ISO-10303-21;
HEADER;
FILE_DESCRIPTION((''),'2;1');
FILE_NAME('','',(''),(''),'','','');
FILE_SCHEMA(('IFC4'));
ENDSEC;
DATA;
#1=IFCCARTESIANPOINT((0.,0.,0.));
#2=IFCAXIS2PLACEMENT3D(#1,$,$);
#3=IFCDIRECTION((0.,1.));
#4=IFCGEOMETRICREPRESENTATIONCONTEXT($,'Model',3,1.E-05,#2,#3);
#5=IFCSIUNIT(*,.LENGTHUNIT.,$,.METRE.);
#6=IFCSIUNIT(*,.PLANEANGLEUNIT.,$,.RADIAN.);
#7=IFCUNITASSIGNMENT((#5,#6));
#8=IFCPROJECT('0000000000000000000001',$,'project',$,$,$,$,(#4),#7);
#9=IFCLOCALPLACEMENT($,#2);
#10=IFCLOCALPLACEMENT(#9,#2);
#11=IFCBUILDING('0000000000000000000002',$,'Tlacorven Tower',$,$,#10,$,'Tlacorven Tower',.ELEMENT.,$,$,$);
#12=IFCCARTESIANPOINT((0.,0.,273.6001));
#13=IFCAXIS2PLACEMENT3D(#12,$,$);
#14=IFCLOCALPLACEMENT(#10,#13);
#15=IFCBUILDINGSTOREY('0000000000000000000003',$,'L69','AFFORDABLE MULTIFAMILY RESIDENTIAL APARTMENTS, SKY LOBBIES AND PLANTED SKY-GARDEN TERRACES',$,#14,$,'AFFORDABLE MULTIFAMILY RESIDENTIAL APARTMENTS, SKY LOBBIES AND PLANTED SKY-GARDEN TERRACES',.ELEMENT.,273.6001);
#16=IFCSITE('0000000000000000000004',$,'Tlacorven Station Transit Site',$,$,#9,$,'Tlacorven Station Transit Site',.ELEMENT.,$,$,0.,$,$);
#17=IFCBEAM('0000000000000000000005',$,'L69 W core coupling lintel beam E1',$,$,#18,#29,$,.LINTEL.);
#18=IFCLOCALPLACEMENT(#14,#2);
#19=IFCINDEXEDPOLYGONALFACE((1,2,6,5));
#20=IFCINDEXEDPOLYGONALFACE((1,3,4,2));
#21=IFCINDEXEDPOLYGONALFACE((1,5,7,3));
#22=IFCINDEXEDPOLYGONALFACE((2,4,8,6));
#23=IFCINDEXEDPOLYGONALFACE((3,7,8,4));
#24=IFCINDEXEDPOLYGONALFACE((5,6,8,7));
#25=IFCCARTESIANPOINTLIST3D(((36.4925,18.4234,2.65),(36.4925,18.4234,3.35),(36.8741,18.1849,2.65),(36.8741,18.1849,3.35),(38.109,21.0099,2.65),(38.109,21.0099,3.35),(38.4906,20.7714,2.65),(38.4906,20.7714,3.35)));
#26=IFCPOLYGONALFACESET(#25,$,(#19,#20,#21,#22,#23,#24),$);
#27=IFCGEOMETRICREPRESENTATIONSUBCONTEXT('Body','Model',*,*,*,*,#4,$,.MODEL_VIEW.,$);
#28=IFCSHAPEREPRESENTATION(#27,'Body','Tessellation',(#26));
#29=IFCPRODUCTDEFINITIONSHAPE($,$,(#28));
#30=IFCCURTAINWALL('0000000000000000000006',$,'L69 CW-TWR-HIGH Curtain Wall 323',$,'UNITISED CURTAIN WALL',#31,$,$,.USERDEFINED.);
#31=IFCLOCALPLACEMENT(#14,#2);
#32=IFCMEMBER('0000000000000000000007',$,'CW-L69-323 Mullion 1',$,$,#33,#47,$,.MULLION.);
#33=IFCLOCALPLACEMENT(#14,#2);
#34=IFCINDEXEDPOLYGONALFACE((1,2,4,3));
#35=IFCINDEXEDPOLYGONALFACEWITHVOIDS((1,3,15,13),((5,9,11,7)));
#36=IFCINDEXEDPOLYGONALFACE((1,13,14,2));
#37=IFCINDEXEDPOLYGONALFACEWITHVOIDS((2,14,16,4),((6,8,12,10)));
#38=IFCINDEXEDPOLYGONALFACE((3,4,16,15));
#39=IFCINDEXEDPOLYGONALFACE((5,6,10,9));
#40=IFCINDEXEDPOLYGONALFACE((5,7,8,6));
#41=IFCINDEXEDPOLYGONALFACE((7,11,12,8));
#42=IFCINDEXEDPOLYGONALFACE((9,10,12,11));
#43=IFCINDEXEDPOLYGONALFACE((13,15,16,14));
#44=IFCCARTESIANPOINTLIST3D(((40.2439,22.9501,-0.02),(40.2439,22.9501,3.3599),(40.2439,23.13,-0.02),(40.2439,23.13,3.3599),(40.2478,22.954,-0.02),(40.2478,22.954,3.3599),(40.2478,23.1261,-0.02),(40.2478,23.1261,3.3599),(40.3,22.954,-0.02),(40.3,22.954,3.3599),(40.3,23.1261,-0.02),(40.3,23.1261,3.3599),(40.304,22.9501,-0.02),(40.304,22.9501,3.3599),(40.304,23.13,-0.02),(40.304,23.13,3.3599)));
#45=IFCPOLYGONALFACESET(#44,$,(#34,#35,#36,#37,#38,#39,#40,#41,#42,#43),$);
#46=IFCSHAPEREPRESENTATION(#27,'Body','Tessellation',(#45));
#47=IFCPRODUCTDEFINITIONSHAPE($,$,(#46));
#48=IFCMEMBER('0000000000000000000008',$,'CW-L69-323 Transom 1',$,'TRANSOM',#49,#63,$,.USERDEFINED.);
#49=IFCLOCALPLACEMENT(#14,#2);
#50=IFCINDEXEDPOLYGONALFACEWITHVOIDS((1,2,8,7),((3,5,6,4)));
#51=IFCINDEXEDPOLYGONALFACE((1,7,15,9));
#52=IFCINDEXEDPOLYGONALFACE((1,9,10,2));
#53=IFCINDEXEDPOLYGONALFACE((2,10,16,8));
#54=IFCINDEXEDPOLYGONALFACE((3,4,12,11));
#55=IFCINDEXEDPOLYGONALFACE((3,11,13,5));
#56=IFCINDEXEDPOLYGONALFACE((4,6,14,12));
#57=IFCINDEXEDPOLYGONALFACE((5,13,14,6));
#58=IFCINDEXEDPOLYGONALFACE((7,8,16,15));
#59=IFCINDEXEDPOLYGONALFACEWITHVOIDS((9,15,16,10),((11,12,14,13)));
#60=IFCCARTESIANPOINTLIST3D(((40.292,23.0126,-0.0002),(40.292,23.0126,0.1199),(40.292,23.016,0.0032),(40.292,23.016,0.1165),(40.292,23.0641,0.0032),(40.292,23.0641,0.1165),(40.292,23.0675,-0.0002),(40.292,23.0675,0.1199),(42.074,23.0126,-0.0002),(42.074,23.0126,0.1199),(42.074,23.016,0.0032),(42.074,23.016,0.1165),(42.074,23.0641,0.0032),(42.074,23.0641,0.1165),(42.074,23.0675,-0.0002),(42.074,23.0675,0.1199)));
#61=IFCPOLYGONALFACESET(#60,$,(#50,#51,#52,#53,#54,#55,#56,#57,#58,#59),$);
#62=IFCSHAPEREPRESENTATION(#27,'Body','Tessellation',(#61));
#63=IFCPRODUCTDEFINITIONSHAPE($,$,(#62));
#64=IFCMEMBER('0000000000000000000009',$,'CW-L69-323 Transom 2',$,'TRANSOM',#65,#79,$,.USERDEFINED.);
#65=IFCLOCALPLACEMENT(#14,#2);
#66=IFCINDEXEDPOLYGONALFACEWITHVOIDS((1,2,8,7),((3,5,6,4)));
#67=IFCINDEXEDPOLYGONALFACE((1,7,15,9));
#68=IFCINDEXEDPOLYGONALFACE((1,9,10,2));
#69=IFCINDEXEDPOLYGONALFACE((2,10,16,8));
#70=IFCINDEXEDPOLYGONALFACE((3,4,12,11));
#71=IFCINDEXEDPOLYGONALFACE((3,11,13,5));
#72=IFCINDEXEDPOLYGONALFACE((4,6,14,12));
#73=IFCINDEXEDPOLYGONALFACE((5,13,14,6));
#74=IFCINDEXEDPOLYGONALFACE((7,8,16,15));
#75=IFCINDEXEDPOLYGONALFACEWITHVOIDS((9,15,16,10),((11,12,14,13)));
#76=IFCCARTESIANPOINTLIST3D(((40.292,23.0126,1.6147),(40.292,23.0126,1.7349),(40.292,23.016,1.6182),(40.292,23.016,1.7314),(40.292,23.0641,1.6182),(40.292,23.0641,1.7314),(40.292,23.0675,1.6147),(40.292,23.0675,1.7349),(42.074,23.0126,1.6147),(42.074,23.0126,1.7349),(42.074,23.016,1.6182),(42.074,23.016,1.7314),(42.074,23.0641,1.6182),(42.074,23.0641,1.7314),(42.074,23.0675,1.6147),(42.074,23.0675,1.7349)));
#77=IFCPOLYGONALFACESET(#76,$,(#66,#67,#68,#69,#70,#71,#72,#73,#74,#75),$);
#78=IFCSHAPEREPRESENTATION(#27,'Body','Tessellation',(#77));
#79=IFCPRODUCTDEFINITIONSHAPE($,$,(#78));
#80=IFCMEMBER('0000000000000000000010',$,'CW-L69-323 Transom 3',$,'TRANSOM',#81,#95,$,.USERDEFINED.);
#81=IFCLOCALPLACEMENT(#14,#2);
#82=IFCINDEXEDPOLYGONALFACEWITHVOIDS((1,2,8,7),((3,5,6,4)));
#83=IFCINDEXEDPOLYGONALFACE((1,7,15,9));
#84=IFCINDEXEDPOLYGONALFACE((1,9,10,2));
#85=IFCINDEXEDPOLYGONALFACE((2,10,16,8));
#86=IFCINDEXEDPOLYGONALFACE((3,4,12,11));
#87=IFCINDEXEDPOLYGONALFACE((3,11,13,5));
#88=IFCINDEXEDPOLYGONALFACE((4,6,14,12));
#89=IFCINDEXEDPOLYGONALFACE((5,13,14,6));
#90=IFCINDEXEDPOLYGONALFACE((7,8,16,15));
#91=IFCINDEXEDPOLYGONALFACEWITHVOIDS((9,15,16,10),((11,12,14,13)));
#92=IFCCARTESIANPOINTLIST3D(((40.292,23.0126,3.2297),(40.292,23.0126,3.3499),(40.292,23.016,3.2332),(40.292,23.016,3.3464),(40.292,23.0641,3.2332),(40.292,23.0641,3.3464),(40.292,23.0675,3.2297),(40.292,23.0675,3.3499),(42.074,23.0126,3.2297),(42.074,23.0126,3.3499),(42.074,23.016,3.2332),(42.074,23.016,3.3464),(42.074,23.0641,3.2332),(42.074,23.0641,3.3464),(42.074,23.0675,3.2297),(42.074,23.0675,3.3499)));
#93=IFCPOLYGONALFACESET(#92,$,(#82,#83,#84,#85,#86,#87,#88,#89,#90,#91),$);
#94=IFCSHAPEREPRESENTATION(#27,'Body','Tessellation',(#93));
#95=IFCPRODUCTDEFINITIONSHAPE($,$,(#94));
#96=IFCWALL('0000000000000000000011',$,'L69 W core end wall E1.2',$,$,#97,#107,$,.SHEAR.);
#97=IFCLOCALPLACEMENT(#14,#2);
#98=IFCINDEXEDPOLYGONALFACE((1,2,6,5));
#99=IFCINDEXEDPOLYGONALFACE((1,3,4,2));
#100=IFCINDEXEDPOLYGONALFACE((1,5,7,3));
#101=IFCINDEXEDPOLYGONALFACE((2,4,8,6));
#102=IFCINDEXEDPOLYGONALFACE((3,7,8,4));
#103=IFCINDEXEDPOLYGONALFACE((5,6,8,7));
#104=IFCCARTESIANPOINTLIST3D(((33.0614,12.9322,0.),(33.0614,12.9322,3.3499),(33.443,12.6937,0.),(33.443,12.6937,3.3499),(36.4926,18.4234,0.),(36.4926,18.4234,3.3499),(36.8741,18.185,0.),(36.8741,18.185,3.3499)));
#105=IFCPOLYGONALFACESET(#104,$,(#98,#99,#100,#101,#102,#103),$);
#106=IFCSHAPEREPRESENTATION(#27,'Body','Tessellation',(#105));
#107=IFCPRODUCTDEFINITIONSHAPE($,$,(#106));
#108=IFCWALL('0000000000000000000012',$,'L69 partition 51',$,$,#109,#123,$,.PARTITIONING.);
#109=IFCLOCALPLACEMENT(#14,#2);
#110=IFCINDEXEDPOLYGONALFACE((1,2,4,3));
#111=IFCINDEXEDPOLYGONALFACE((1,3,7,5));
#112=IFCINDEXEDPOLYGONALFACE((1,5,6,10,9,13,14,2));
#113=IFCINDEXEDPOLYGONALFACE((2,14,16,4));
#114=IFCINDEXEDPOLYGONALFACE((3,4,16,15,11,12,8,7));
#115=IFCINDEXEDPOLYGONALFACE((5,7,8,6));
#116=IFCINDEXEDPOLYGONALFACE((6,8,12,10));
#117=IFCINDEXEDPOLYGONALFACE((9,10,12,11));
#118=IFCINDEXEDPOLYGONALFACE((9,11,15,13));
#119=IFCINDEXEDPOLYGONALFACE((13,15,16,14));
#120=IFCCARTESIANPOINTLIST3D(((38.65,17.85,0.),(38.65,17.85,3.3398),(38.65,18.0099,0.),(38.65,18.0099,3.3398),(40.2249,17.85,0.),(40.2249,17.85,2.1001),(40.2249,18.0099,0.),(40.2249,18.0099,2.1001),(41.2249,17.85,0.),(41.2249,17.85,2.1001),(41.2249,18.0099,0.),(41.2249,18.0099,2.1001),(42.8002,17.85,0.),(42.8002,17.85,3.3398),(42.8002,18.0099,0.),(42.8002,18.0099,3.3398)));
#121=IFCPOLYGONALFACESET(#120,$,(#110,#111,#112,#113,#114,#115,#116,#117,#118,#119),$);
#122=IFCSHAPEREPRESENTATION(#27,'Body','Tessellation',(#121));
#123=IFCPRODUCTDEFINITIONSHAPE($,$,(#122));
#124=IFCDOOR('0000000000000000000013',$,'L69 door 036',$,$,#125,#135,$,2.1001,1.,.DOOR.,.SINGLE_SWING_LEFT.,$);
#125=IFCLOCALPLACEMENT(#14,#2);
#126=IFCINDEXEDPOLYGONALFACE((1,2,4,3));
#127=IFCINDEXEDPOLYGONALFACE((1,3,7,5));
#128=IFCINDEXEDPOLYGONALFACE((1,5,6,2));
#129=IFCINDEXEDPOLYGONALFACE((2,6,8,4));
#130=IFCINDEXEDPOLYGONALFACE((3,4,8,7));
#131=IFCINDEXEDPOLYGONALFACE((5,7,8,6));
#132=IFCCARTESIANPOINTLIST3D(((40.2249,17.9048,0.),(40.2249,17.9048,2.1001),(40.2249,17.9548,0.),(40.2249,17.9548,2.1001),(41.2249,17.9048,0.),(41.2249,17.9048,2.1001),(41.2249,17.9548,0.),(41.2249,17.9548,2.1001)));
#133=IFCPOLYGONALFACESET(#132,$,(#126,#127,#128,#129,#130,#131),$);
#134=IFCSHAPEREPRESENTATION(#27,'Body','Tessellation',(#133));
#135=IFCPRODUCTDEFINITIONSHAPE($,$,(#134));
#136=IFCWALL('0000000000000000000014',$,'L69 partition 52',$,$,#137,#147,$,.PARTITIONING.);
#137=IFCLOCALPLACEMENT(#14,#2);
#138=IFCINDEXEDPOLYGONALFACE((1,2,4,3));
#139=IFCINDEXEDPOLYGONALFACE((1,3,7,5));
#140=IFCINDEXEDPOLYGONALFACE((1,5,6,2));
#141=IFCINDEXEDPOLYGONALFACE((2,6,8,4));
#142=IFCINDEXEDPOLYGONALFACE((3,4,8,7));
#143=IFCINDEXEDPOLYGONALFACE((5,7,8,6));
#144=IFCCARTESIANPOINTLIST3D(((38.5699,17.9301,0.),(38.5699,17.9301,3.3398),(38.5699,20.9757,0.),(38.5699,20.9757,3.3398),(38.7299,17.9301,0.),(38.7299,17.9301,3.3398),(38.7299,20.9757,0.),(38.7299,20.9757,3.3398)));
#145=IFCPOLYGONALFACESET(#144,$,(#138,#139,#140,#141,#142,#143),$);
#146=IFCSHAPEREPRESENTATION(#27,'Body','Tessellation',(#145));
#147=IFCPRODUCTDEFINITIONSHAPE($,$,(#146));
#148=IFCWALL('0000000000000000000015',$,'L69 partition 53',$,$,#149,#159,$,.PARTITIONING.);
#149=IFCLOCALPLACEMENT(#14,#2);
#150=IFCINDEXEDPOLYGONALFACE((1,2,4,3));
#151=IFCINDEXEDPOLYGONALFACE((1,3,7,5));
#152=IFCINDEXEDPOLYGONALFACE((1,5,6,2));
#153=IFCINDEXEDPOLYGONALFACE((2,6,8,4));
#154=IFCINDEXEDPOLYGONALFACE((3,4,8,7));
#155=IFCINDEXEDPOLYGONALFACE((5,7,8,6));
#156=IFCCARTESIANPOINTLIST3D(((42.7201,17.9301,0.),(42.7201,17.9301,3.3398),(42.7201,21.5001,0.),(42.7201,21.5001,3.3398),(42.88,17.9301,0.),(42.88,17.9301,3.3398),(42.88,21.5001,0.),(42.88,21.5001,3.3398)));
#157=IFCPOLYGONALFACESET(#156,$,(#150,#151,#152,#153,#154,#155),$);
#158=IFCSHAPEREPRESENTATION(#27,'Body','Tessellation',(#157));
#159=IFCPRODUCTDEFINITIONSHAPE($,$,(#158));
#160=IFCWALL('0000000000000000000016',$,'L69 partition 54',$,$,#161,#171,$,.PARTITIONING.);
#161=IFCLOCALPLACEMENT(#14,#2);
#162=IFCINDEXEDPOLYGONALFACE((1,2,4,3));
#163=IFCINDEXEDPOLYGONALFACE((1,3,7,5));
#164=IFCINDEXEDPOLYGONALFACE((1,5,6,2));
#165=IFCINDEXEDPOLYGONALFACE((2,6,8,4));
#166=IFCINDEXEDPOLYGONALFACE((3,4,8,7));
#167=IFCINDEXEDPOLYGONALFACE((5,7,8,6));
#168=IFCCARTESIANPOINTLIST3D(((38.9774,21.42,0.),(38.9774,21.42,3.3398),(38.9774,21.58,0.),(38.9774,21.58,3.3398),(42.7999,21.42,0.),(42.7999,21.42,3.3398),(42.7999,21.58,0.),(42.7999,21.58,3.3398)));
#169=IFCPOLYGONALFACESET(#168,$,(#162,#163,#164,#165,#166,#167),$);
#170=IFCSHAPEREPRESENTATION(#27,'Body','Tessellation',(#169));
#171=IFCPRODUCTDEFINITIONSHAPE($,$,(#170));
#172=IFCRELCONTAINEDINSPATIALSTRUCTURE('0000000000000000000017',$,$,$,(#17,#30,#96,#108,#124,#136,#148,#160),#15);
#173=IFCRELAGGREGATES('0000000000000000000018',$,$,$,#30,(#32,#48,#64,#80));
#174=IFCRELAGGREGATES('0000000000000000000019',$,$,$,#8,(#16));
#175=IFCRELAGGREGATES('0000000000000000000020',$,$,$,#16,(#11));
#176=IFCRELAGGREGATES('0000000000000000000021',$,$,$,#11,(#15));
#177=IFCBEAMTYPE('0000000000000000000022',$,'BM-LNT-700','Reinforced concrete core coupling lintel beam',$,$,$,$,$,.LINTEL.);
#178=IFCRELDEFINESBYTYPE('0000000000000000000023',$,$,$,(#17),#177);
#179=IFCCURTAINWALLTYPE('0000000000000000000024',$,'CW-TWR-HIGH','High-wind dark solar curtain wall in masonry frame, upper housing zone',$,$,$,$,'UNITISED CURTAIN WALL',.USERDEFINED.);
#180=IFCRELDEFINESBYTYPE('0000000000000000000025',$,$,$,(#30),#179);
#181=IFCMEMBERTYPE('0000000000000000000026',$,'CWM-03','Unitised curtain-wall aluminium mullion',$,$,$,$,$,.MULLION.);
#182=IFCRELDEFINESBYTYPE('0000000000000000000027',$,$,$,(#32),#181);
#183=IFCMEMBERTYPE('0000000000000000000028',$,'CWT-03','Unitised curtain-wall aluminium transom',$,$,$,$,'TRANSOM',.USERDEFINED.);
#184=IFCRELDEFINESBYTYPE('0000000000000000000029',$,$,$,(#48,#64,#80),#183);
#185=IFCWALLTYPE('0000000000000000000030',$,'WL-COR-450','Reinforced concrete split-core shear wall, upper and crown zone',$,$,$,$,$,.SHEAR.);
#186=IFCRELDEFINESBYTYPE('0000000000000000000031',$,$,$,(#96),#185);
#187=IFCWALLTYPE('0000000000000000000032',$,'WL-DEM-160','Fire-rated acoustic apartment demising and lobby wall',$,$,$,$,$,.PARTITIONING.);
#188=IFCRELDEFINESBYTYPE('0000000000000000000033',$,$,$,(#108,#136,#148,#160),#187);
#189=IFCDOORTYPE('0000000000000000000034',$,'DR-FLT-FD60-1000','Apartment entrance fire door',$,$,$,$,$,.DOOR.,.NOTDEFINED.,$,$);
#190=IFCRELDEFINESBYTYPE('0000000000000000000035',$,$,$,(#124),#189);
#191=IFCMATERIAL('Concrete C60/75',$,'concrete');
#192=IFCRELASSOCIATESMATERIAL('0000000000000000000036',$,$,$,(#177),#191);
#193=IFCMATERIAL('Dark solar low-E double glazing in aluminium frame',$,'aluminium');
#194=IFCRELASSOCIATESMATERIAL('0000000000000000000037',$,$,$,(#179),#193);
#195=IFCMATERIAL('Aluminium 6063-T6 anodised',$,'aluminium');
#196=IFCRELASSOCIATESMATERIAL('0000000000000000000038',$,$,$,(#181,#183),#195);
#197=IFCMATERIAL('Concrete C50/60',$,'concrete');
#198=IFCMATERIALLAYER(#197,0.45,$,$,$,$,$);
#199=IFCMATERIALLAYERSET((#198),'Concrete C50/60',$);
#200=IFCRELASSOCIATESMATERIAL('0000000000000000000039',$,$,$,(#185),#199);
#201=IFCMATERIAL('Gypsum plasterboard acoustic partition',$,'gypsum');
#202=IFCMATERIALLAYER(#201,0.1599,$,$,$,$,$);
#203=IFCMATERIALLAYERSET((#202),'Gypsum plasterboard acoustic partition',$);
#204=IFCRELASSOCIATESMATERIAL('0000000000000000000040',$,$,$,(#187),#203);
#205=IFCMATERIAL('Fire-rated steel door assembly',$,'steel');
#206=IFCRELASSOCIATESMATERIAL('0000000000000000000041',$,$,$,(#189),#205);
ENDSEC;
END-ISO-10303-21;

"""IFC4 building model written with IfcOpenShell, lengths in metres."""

from ifc_helpers import new_model, si_unit, direction, frame, frame_2d, origin, origin_2d, place, context, subcontext, project, spatial, rectangle, hollow_rectangle, extrude, source, transform, mapped, material, layer, layer_set, material_profile, profile_set, type_object, element, fill, aggregate, save


model = new_model("IFC4")

# Units and contexts
model_context = context("Model", 3, precision=1e-05, world=origin(), true_north=direction((0.0, 1.0)))
body_context = subcontext(model_context, "Body", "Model", "MODEL_VIEW")
ifc_project = project(units=[si_unit("LENGTHUNIT", "METRE"), si_unit("PLANEANGLEUNIT", "RADIAN")], contexts=[model_context])

# Site, building, storey
site_placement = place(None, origin())
site = spatial("IfcSite", under=ifc_project, at=site_placement, Name="Tlacorven Station Transit Site", LongName="Tlacorven Station Transit Site", CompositionType="ELEMENT", RefElevation=0.0)
building_placement = place(site_placement, origin())
building = spatial("IfcBuilding", under=site, at=building_placement, Name="Tlacorven Tower", LongName="Tlacorven Tower", CompositionType="ELEMENT")
storey_placement = place(building_placement, frame((0.0, 0.0, 273.6001)))
storey = spatial("IfcBuildingStorey", under=building, at=storey_placement, Name="L69", Description="AFFORDABLE MULTIFAMILY RESIDENTIAL APARTMENTS, SKY LOBBIES AND PLANTED SKY-GARDEN TERRACES", LongName="AFFORDABLE MULTIFAMILY RESIDENTIAL APARTMENTS, SKY LOBBIES AND PLANTED SKY-GARDEN TERRACES", CompositionType="ELEMENT", Elevation=273.6001)

# Beam
ifc_material_1 = material(Name="Concrete C60/75", Category="concrete")
ifc_material_profile_1 = material_profile(ifc_material_1, rectangle(XDim=0.45, YDim=0.7, at=origin_2d()), Name="RC 450X700")
ifc_profile_set_1 = profile_set([ifc_material_profile_1], Name="Concrete C60/75")
beam_type = type_object("IfcBeamType", Name="BM-LNT-700", Description="Reinforced concrete core coupling lintel beam", PredefinedType="LINTEL", material=ifc_profile_set_1)
shared_shape_1 = source(origin(), body_context, "Body", "SweptSolid", [
    extrude(rectangle(XDim=0.45, YDim=0.7, at=origin_2d()), origin(), (0.0, 0.0, 1.0), 3.05),
])
beam_placement = place(storey_placement, frame((38.2998, 20.8906, 3.0), z_axis=(-0.529985, -0.848007, 0.0), x_axis=(0.848007, -0.529985, 0.0)))
element("IfcBeam", 1, at=beam_placement, inside=storey, type_object=beam_type, Name="L69 W core coupling lintel beam E1", PredefinedType="LINTEL", context=body_context, shape_type="MappedRepresentation", body=[
    mapped(shared_shape_1, transform((0.0, 0.0, 0.0), scale=1.0)),
])

# Curtain wall, members
ifc_material_2 = material(Name="Dark solar low-E double glazing in aluminium frame", Category="aluminium")
curtain_wall_type = type_object("IfcCurtainWallType", Name="CW-TWR-HIGH", Description="High-wind dark solar curtain wall in masonry frame, upper housing zone", ElementType="UNITISED CURTAIN WALL", PredefinedType="USERDEFINED", material=ifc_material_2)
curtain_wall_placement = place(storey_placement, origin())
curtain_wall = element("IfcCurtainWall", 2, at=curtain_wall_placement, inside=storey, type_object=curtain_wall_type, Name="L69 CW-TWR-HIGH Curtain Wall 323", ObjectType="UNITISED CURTAIN WALL", PredefinedType="USERDEFINED")
ifc_material_3 = material(Name="Aluminium 6063-T6 anodised", Category="aluminium")
ifc_material_profile_2 = material_profile(ifc_material_3, hollow_rectangle(XDim=0.0601, YDim=0.1799, WallThickness=0.0039, at=origin_2d()), Name="ALU MULLION 60X180")
ifc_profile_set_2 = profile_set([ifc_material_profile_2], Name="Aluminium 6063-T6 anodised")
member_type_1 = type_object("IfcMemberType", Name="CWM-03", Description="Unitised curtain-wall aluminium mullion", PredefinedType="MULLION", material=ifc_profile_set_2)
shared_shape_2 = source(origin(), body_context, "Body", "SweptSolid", [
    extrude(hollow_rectangle(XDim=0.0601, YDim=0.1799, WallThickness=0.0039, at=origin_2d()), origin(), (0.0, 0.0, 1.0), 3.3799),
])
member_1_placement = place(storey_placement, frame((40.2739, 23.04, -0.02), z_axis=(0.0, 0.0, 1.0), x_axis=(1.0, 0.0, 0.0)))
member_1 = element("IfcMember", 3, at=member_1_placement, type_object=member_type_1, Name="CW-L69-323 Mullion 1", PredefinedType="MULLION", context=body_context, shape_type="MappedRepresentation", body=[
    mapped(shared_shape_2, transform((0.0, 0.0, 0.0), scale=1.0)),
])
ifc_material_profile_3 = material_profile(ifc_material_3, hollow_rectangle(XDim=0.0549, YDim=0.1201, WallThickness=0.0034, at=origin_2d()), Name="ALU TRANSOM 55X120")
ifc_profile_set_3 = profile_set([ifc_material_profile_3], Name="Aluminium 6063-T6 anodised")
member_type_2 = type_object("IfcMemberType", Name="CWT-03", Description="Unitised curtain-wall aluminium transom", ElementType="TRANSOM", PredefinedType="USERDEFINED", material=ifc_profile_set_3)
shared_shape_3 = source(origin(), body_context, "Body", "SweptSolid", [
    extrude(hollow_rectangle(XDim=0.0549, YDim=0.1201, WallThickness=0.0034, at=origin_2d()), origin(), (0.0, 0.0, 1.0), 1.782),
])
member_2_placement = place(storey_placement, frame((40.292, 23.04, 0.0598), z_axis=(1.0, 0.0, 0.0), x_axis=(0.0, 1.0, 0.0)))
member_2 = element("IfcMember", 4, at=member_2_placement, type_object=member_type_2, Name="CW-L69-323 Transom 1", ObjectType="TRANSOM", PredefinedType="USERDEFINED", context=body_context, shape_type="MappedRepresentation", body=[
    mapped(shared_shape_3, transform((0.0, 0.0, 0.0), scale=1.0)),
])
member_3_placement = place(storey_placement, frame((40.292, 23.04, 1.6748), z_axis=(1.0, 0.0, 0.0), x_axis=(0.0, 1.0, 0.0)))
member_3 = element("IfcMember", 5, at=member_3_placement, type_object=member_type_2, Name="CW-L69-323 Transom 2", ObjectType="TRANSOM", PredefinedType="USERDEFINED", context=body_context, shape_type="MappedRepresentation", body=[
    mapped(shared_shape_3, transform((0.0, 0.0, 0.0), scale=1.0)),
])
member_4_placement = place(storey_placement, frame((40.292, 23.04, 3.2898), z_axis=(1.0, 0.0, 0.0), x_axis=(0.0, 1.0, 0.0)))
member_4 = element("IfcMember", 6, at=member_4_placement, type_object=member_type_2, Name="CW-L69-323 Transom 3", ObjectType="TRANSOM", PredefinedType="USERDEFINED", context=body_context, shape_type="MappedRepresentation", body=[
    mapped(shared_shape_3, transform((0.0, 0.0, 0.0), scale=1.0)),
])
aggregate(curtain_wall, [member_1, member_2, member_3, member_4])

# Wall
ifc_material_4 = material(Name="Concrete C50/60", Category="concrete")
ifc_layer_1 = layer(ifc_material_4, 0.45)
ifc_layer_set_1 = layer_set([ifc_layer_1], Name="Concrete C50/60")
wall_type_1 = type_object("IfcWallType", Name="WL-COR-450", Description="Reinforced concrete split-core shear wall, upper and crown zone", PredefinedType="SHEAR", material=ifc_layer_set_1)
wall_1_placement = place(storey_placement, frame((36.6833, 18.3042, 0.0), z_axis=(0.0, 0.0, 1.0), x_axis=(-0.529904, -0.848058, 0.0)))
element("IfcWall", 7, at=wall_1_placement, inside=storey, type_object=wall_type_1, Name="L69 W core end wall E1.2", PredefinedType="SHEAR", context=body_context, shape_type="SweptSolid", body=[
    extrude(rectangle(XDim=6.4751, YDim=0.45, at=frame_2d((3.2375, 0.0))), origin(), (0.0, 0.0, 1.0), 3.3499),
])

# Wall, opening, door
ifc_material_5 = material(Name="Gypsum plasterboard acoustic partition", Category="gypsum")
ifc_layer_2 = layer(ifc_material_5, 0.1599)
ifc_layer_set_2 = layer_set([ifc_layer_2], Name="Gypsum plasterboard acoustic partition")
wall_type_2 = type_object("IfcWallType", Name="WL-DEM-160", Description="Fire-rated acoustic apartment demising and lobby wall", PredefinedType="PARTITIONING", material=ifc_layer_set_2)
wall_2_placement = place(storey_placement, frame((38.6499, 17.9299, 0.0), z_axis=(0.0, 0.0, 1.0), x_axis=(1.0, 0.0, 0.0)))
wall_2 = element("IfcWall", 8, at=wall_2_placement, inside=storey, type_object=wall_type_2, Name="L69 partition 51", PredefinedType="PARTITIONING", context=body_context, shape_type="SweptSolid", body=[
    extrude(rectangle(XDim=4.1501, YDim=0.1599, at=frame_2d((2.0752, 0.0))), origin(), (0.0, 0.0, 1.0), 3.3398),
])
opening_1_placement = place(wall_2_placement, frame((1.575, 0.0, 0.0)))
opening_1 = element("IfcOpeningElement", 9, at=opening_1_placement, cuts=wall_2, PredefinedType="OPENING", context=body_context, shape_type="SweptSolid", body=[
    extrude(rectangle(XDim=1.0, YDim=2.1001, at=frame_2d((0.5, 1.05))), frame((0.0, 0.0898, 0.0), z_axis=(0.0, -1.0, 0.0), x_axis=(1.0, 0.0, 0.0)), (0.0, 0.0, 1.0), 0.1799),
])
ifc_material_6 = material(Name="Fire-rated steel door assembly", Category="steel")
door_type_1 = type_object("IfcDoorType", Name="DR-FLT-FD60-1000", Description="Apartment entrance fire door", OperationType="NOTDEFINED", PredefinedType="DOOR", material=ifc_material_6)
shared_shape_4 = source(origin(), body_context, "Body", "SweptSolid", [
    extrude(rectangle(XDim=1.0, YDim=2.1001, at=frame_2d((0.5, 1.05))), frame((0.0, 0.0249, 0.0), z_axis=(0.0, -1.0, 0.0), x_axis=(1.0, 0.0, 0.0)), (0.0, 0.0, 1.0), 0.05),
])
door_1_placement = place(opening_1_placement, origin())
door_1 = element("IfcDoor", 10, at=door_1_placement, inside=storey, type_object=door_type_1, Name="L69 door 036", OperationType="SINGLE_SWING_LEFT", OverallHeight=2.1001, OverallWidth=1.0, PredefinedType="DOOR", context=body_context, shape_type="MappedRepresentation", body=[
    mapped(shared_shape_4, transform((0.0, 0.0, 0.0), scale=1.0)),
])
fill(opening_1, door_1)

# Walls
wall_3_placement = place(storey_placement, frame((38.6499, 17.9299, 0.0), z_axis=(0.0, 0.0, 1.0), x_axis=(0.0, 1.0, 0.0)))
element("IfcWall", 11, at=wall_3_placement, inside=storey, type_object=wall_type_2, Name="L69 partition 52", PredefinedType="PARTITIONING", context=body_context, shape_type="SweptSolid", body=[
    extrude(rectangle(XDim=3.0457, YDim=0.1599, at=frame_2d((1.5229, 0.0))), origin(), (0.0, 0.0, 1.0), 3.3398),
])
wall_4_placement = place(storey_placement, frame((42.8, 17.9299, 0.0), z_axis=(0.0, 0.0, 1.0), x_axis=(0.0, 1.0, 0.0)))
element("IfcWall", 12, at=wall_4_placement, inside=storey, type_object=wall_type_2, Name="L69 partition 53", PredefinedType="PARTITIONING", context=body_context, shape_type="SweptSolid", body=[
    extrude(rectangle(XDim=3.5701, YDim=0.1599, at=frame_2d((1.7852, 0.0))), origin(), (0.0, 0.0, 1.0), 3.3398),
])
wall_5_placement = place(storey_placement, frame((38.9775, 21.5, 0.0), z_axis=(0.0, 0.0, 1.0), x_axis=(1.0, 0.0, 0.0)))
element("IfcWall", 13, at=wall_5_placement, inside=storey, type_object=wall_type_2, Name="L69 partition 54", PredefinedType="PARTITIONING", context=body_context, shape_type="SweptSolid", body=[
    extrude(rectangle(XDim=3.8225, YDim=0.1599, at=frame_2d((1.9111, 0.0))), origin(), (0.0, 0.0, 1.0), 3.3398),
])

save(model, "model.ifc")
